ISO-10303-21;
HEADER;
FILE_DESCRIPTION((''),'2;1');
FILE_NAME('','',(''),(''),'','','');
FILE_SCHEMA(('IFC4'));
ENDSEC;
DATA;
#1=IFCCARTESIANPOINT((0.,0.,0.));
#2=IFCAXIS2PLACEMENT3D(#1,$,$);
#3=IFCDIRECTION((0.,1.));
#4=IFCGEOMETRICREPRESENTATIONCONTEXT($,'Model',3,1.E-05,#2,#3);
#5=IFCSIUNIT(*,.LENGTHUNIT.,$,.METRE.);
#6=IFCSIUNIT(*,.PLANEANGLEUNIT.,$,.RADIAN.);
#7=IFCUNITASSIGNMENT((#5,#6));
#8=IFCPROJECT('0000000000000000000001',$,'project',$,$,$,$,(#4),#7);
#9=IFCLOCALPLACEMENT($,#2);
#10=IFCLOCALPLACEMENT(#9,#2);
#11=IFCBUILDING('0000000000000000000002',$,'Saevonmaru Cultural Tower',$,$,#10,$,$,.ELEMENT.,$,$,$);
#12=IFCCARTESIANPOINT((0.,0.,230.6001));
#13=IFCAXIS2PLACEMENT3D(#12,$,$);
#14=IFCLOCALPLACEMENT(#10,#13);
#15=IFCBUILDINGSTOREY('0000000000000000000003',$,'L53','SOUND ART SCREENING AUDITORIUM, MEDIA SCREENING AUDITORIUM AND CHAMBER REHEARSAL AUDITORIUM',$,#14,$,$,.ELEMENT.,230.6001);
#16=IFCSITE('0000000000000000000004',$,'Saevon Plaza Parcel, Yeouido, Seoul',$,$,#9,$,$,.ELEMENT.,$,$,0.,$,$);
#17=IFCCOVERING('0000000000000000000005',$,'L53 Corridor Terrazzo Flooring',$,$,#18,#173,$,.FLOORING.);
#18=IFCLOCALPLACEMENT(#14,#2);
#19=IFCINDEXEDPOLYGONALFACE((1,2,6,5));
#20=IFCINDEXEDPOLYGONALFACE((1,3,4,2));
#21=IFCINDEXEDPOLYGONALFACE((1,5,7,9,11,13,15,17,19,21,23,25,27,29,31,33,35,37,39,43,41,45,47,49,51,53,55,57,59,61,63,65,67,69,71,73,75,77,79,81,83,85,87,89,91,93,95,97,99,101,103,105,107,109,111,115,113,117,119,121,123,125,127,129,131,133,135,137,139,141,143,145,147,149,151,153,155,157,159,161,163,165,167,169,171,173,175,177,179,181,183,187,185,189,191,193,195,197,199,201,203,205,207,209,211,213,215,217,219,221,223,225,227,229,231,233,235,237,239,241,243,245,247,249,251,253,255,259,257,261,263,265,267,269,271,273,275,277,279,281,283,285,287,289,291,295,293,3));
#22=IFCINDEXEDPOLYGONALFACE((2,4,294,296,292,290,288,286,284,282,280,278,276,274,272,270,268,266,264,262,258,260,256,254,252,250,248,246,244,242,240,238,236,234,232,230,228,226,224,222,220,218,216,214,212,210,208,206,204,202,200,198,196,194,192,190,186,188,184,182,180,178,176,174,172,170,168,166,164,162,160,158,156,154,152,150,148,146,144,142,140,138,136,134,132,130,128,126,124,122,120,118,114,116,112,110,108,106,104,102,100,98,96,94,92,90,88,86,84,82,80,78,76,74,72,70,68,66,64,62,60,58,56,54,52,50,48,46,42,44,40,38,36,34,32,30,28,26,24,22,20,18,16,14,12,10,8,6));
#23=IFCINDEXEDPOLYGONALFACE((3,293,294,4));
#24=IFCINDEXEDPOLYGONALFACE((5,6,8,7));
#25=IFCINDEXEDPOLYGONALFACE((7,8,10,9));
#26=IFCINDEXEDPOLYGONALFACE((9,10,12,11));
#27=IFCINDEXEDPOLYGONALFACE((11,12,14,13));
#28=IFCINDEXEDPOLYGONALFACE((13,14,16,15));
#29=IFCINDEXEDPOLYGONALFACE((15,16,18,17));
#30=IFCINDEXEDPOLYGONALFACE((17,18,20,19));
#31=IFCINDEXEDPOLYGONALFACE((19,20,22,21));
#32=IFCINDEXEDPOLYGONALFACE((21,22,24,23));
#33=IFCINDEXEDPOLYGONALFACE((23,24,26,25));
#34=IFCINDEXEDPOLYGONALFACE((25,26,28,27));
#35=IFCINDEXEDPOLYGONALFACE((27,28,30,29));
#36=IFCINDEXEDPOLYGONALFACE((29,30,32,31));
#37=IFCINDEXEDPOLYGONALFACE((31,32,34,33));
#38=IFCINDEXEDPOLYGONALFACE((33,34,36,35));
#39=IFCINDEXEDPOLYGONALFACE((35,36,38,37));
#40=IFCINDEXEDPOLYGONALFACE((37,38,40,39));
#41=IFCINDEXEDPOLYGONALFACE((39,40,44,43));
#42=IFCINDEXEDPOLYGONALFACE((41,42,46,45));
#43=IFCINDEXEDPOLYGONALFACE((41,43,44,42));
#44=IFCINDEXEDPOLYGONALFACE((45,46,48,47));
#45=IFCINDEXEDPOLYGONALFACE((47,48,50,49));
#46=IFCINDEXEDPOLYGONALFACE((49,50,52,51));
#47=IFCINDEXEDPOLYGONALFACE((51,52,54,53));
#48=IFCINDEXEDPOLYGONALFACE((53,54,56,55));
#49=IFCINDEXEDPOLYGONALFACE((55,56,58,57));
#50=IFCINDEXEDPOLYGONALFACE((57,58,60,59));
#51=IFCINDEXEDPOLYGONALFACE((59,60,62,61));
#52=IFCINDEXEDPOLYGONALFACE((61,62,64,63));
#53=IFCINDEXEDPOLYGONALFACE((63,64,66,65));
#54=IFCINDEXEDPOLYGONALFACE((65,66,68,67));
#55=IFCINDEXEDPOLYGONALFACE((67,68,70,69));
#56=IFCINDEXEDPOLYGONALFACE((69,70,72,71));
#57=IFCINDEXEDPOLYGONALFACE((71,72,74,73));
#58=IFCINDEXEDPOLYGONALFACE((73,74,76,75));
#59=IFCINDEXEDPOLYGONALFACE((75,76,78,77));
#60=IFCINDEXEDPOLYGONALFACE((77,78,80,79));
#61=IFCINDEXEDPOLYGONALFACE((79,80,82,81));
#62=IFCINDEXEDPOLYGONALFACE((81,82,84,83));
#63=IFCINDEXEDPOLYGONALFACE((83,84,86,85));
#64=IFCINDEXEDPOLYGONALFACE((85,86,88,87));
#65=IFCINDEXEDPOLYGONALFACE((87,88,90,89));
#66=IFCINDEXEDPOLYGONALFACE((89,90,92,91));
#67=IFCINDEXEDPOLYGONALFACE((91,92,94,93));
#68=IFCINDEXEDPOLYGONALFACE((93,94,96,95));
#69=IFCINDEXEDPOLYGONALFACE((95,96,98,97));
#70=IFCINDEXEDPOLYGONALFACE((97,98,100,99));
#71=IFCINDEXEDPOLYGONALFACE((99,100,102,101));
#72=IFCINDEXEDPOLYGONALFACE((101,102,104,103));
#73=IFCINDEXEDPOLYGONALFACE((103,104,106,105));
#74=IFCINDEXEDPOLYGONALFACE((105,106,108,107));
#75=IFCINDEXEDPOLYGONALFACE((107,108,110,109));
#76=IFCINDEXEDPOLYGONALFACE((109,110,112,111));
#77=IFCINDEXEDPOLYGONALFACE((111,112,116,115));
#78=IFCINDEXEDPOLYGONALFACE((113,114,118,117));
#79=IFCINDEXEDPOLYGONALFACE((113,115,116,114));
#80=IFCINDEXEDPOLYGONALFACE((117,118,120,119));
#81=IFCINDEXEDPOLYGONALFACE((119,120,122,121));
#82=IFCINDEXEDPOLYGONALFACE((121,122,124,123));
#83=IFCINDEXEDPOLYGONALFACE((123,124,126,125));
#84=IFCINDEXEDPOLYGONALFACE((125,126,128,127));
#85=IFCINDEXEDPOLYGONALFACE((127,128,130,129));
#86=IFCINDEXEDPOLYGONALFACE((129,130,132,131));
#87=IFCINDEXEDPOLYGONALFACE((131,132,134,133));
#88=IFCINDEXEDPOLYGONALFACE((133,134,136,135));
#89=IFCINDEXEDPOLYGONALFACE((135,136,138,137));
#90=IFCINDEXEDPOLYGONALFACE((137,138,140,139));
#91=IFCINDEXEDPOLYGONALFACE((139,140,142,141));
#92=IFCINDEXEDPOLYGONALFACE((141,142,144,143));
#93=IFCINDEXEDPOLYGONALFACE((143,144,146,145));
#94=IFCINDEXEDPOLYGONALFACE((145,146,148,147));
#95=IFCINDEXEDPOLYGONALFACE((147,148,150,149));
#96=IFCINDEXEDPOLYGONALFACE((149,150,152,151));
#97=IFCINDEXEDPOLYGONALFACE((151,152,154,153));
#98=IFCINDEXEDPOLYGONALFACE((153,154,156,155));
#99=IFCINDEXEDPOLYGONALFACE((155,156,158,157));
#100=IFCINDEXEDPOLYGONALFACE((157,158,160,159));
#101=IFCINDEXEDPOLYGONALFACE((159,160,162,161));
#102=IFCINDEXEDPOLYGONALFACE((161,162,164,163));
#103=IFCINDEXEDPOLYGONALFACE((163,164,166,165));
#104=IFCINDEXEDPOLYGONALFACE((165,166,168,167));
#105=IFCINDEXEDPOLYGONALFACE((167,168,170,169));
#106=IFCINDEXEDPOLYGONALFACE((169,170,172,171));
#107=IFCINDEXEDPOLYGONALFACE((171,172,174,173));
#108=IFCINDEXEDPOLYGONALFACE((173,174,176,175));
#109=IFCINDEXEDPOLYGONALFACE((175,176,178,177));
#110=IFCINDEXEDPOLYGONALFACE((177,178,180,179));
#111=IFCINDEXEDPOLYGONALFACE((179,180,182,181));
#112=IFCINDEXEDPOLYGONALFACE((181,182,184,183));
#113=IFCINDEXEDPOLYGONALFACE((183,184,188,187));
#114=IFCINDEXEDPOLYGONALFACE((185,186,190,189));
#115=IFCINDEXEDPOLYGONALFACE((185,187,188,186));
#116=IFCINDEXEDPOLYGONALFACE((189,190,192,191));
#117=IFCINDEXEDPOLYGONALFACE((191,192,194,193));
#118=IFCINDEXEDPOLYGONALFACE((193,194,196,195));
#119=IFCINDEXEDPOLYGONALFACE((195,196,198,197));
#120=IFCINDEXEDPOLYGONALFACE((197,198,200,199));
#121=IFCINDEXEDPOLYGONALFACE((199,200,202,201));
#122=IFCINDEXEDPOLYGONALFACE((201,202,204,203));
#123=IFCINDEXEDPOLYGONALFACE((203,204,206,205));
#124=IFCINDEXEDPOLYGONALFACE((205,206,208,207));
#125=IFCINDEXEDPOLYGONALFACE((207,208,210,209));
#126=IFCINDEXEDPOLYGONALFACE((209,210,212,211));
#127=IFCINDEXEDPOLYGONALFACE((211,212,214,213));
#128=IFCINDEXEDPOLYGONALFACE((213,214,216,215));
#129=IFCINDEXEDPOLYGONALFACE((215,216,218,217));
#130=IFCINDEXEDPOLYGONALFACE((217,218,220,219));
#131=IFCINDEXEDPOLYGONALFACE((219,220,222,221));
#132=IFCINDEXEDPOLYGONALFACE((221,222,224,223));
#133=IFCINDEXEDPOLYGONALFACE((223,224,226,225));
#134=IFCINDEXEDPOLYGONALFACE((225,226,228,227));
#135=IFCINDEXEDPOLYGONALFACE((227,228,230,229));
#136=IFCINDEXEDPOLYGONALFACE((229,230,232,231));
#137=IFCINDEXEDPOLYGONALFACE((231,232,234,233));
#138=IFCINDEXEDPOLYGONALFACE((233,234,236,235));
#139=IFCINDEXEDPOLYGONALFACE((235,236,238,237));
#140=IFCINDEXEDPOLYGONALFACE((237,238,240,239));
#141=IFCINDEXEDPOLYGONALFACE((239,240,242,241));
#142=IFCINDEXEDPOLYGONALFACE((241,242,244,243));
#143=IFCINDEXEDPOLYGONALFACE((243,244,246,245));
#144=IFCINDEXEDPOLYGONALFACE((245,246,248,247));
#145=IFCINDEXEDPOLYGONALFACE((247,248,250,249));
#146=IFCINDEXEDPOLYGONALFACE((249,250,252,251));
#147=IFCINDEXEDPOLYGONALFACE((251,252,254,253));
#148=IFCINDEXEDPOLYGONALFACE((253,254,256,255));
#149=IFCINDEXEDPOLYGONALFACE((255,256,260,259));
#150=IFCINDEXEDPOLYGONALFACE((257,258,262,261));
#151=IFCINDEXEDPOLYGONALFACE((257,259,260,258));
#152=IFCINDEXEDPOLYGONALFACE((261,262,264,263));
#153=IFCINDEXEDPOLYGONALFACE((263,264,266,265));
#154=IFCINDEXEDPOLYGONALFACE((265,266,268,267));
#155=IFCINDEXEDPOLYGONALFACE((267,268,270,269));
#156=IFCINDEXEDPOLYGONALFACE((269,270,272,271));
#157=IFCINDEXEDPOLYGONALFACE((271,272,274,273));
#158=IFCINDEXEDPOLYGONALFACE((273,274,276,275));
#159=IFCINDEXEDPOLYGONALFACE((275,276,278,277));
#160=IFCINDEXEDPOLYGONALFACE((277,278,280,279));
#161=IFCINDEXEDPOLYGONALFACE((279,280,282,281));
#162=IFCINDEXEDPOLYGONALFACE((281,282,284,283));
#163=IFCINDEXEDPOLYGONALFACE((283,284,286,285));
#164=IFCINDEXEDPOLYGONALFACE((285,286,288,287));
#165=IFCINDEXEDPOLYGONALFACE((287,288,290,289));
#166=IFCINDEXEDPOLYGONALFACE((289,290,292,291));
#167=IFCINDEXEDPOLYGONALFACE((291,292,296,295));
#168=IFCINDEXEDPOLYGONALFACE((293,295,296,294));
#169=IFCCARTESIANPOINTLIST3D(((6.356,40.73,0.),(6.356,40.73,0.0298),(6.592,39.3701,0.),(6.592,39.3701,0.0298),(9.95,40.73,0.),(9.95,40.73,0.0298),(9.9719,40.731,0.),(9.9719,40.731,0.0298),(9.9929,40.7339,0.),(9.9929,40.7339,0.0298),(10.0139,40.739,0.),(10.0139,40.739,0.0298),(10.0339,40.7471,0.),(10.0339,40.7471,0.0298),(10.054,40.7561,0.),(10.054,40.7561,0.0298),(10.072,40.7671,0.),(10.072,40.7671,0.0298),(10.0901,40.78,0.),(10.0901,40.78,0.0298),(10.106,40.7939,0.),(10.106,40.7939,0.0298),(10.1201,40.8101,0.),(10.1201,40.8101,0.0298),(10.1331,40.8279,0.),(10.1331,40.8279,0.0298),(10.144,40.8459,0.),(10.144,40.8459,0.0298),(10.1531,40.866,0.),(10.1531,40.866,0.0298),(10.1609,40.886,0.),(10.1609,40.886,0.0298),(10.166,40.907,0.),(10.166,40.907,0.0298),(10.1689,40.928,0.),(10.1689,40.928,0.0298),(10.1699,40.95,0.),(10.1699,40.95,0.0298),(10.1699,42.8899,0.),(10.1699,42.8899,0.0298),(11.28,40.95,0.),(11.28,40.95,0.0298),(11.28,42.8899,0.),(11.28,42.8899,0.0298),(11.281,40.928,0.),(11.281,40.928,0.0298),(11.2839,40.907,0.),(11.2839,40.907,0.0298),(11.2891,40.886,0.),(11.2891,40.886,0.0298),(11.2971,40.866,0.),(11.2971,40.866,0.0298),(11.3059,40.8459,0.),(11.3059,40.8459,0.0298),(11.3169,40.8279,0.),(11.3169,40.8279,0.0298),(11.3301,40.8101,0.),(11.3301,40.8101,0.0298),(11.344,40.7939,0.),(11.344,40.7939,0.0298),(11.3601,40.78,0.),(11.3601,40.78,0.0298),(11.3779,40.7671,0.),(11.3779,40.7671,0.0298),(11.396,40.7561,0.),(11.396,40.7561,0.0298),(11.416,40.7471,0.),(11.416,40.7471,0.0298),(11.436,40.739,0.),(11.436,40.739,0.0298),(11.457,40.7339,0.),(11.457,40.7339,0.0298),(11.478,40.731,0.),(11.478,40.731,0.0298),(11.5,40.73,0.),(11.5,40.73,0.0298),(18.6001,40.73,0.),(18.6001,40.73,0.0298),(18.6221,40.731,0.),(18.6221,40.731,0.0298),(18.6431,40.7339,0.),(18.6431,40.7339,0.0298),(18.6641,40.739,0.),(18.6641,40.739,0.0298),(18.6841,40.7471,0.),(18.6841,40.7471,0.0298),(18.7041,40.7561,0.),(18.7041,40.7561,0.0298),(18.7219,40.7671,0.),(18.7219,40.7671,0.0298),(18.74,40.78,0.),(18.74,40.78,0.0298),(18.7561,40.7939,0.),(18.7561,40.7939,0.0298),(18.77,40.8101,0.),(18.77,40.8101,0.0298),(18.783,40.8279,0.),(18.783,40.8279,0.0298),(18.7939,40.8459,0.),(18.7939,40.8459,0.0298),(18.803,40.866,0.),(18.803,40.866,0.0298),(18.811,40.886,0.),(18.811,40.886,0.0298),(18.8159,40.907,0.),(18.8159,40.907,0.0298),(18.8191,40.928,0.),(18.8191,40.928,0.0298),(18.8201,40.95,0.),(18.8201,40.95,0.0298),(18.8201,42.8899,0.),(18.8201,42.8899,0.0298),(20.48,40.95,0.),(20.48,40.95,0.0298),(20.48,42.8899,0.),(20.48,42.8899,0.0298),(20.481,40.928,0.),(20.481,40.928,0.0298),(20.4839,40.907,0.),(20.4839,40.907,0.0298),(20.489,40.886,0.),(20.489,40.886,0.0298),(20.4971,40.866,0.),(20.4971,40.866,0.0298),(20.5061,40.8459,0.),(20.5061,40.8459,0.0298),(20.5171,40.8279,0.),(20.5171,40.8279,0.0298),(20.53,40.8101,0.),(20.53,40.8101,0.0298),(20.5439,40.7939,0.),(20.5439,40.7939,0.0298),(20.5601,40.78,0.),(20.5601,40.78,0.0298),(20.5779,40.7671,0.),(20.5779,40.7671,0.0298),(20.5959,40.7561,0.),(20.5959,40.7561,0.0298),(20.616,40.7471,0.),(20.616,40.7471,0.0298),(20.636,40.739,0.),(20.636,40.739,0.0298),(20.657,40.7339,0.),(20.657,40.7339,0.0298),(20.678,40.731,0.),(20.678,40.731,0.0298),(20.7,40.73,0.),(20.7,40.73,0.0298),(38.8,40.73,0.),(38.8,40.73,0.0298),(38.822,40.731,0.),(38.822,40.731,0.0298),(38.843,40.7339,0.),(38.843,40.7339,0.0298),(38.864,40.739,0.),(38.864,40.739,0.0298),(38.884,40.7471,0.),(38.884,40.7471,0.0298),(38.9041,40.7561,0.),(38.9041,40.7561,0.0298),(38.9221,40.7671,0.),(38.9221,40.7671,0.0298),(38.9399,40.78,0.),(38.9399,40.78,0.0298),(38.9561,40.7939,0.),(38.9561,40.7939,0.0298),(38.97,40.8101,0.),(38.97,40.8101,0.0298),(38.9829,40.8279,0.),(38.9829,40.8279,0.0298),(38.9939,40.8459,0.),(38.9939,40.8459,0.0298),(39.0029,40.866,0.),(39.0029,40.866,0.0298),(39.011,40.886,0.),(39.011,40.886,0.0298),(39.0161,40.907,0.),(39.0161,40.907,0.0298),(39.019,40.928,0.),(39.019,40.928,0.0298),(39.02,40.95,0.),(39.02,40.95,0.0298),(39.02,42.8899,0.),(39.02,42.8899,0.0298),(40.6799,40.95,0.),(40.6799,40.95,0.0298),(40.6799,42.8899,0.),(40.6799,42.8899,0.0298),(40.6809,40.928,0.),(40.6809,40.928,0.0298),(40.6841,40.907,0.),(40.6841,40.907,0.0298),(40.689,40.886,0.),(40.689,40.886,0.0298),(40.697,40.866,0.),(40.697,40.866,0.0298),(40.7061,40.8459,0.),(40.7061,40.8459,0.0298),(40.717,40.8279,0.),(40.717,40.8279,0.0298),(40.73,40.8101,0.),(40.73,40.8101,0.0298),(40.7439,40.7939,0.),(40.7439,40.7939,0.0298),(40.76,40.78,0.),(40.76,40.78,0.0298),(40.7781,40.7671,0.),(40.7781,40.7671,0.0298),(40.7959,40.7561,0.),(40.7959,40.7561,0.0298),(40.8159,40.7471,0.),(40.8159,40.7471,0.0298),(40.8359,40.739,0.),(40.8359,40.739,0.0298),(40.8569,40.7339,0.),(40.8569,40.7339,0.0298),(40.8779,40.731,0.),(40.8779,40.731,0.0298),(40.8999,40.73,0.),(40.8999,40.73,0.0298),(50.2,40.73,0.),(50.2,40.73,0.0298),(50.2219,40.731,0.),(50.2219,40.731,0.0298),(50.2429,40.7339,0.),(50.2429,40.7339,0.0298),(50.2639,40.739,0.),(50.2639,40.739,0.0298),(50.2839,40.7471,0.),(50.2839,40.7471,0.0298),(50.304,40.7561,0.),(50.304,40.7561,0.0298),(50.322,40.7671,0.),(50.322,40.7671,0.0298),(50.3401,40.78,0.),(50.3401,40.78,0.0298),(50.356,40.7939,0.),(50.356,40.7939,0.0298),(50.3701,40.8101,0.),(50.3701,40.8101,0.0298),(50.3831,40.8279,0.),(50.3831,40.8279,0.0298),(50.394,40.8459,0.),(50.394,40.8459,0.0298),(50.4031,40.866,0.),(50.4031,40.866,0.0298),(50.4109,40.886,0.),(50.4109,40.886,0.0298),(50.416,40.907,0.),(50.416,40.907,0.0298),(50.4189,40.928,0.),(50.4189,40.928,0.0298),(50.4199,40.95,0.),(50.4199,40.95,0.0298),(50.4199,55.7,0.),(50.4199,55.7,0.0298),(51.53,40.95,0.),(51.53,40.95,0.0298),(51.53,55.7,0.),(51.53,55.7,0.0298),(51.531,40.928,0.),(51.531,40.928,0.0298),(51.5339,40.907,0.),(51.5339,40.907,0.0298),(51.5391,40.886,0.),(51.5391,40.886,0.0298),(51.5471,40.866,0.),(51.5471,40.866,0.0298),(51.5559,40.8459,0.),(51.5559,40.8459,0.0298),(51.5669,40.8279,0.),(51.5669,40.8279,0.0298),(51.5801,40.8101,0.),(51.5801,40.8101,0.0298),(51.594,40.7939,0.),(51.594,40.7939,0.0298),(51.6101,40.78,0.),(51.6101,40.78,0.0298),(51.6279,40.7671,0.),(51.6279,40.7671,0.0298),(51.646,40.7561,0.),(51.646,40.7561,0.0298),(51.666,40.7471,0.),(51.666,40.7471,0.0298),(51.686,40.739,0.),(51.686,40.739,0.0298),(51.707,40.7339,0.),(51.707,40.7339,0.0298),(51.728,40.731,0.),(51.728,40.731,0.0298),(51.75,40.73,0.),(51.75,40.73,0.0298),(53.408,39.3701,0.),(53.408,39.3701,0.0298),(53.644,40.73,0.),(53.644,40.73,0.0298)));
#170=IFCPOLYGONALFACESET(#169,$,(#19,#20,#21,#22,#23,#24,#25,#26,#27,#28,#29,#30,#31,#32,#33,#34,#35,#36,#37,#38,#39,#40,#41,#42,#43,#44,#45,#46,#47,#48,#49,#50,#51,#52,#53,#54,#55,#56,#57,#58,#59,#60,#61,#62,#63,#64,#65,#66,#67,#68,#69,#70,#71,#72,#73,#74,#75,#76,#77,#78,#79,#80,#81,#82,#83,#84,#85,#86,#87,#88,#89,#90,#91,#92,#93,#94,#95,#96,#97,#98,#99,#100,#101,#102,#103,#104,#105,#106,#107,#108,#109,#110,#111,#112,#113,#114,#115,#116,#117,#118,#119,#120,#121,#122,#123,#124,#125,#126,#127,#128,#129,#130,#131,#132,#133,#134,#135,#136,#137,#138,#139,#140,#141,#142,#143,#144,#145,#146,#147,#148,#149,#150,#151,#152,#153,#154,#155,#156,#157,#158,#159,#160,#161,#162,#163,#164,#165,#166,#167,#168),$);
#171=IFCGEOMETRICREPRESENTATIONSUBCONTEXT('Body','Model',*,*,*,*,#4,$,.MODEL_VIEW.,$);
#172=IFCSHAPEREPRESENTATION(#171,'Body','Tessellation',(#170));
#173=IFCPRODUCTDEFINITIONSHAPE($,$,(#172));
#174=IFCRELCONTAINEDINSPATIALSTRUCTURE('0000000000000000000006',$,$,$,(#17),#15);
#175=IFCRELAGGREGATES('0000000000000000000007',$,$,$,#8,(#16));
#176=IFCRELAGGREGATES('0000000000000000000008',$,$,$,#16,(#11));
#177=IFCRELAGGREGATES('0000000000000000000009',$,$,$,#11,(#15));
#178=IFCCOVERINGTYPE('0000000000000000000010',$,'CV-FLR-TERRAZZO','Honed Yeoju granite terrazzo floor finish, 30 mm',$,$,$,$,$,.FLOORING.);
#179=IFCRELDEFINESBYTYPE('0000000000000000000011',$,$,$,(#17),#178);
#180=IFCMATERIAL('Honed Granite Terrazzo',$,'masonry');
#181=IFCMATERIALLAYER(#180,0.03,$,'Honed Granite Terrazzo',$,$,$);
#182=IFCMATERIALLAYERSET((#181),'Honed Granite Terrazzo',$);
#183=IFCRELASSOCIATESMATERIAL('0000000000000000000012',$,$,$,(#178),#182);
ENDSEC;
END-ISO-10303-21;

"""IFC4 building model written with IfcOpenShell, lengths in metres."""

from ifc_helpers import new_model, si_unit, direction, frame, origin, place, context, subcontext, project, spatial, polyline, outline, extrude, material, layer, layer_set, type_object, element, save


model = new_model("IFC4")

# Units and contexts
model_context = context("Model", 3, precision=1e-05, world=origin(), true_north=direction((0.0, 1.0)))
body_context = subcontext(model_context, "Body", "Model", "MODEL_VIEW")
ifc_project = project(units=[si_unit("LENGTHUNIT", "METRE"), si_unit("PLANEANGLEUNIT", "RADIAN")], contexts=[model_context])

# Site, building, storey
site_placement = place(None, origin())
site = spatial("IfcSite", under=ifc_project, at=site_placement, Name="Saevon Plaza Parcel, Yeouido, Seoul", CompositionType="ELEMENT", RefElevation=0.0)
building_placement = place(site_placement, origin())
building = spatial("IfcBuilding", under=site, at=building_placement, Name="Saevonmaru Cultural Tower", CompositionType="ELEMENT")
storey_placement = place(building_placement, frame((0.0, 0.0, 230.6001)))
storey = spatial("IfcBuildingStorey", under=building, at=storey_placement, Name="L53", Description="SOUND ART SCREENING AUDITORIUM, MEDIA SCREENING AUDITORIUM AND CHAMBER REHEARSAL AUDITORIUM", CompositionType="ELEMENT", Elevation=230.6001)

# Covering
ifc_material_1 = material(Name="Honed Granite Terrazzo", Category="masonry")
ifc_layer_1 = layer(ifc_material_1, 0.03, Name="Honed Granite Terrazzo")
ifc_layer_set_1 = layer_set([ifc_layer_1], Name="Honed Granite Terrazzo")
covering_type_1 = type_object("IfcCoveringType", Name="CV-FLR-TERRAZZO", Description="Honed Yeoju granite terrazzo floor finish, 30 mm", PredefinedType="FLOORING", material=ifc_layer_set_1)
covering_1_placement = place(storey_placement, origin())
element("IfcCovering", 1, at=covering_1_placement, inside=storey, type_object=covering_type_1, Name="L53 Corridor Terrazzo Flooring", PredefinedType="FLOORING", context=body_context, shape_type="SweptSolid", body=[
    extrude(outline(polyline([(6.592, 39.3701), (6.356, 40.73), (9.95, 40.73), (9.9719, 40.731), (9.9929, 40.7339), (10.0139, 40.739), (10.0339, 40.7471), (10.054, 40.7561), (10.072, 40.7671), (10.0901, 40.78), (10.106, 40.7939), (10.1201, 40.8101), (10.1331, 40.8279), (10.144, 40.8459), (10.1531, 40.866), (10.1609, 40.886), (10.166, 40.907), (10.1689, 40.928), (10.1699, 40.95), (10.1699, 42.8899), (11.28, 42.8899), (11.28, 40.95), (11.281, 40.928), (11.2839, 40.907), (11.2891, 40.886), (11.2971, 40.866), (11.3059, 40.8459), (11.3169, 40.8279), (11.3301, 40.8101), (11.344, 40.7939), (11.3601, 40.78), (11.3779, 40.7671), (11.396, 40.7561), (11.416, 40.7471), (11.436, 40.739), (11.457, 40.7339), (11.478, 40.731), (11.5, 40.73), (18.6001, 40.73), (18.6221, 40.731), (18.6431, 40.7339), (18.6641, 40.739), (18.6841, 40.7471), (18.7041, 40.7561), (18.7219, 40.7671), (18.74, 40.78), (18.7561, 40.7939), (18.77, 40.8101), (18.783, 40.8279), (18.7939, 40.8459), (18.803, 40.866), (18.811, 40.886), (18.8159, 40.907), (18.8191, 40.928), (18.8201, 40.95), (18.8201, 42.8899), (20.48, 42.8899), (20.48, 40.95), (20.481, 40.928), (20.4839, 40.907), (20.489, 40.886), (20.4971, 40.866), (20.5061, 40.8459), (20.5171, 40.8279), (20.53, 40.8101), (20.5439, 40.7939), (20.5601, 40.78), (20.5779, 40.7671), (20.5959, 40.7561), (20.616, 40.7471), (20.636, 40.739), (20.657, 40.7339), (20.678, 40.731), (20.7, 40.73), (38.8, 40.73), (38.822, 40.731), (38.843, 40.7339), (38.864, 40.739), (38.884, 40.7471), (38.9041, 40.7561), (38.9221, 40.7671), (38.9399, 40.78), (38.9561, 40.7939), (38.97, 40.8101), (38.9829, 40.8279), (38.9939, 40.8459), (39.0029, 40.866), (39.011, 40.886), (39.0161, 40.907), (39.019, 40.928), (39.02, 40.95), (39.02, 42.8899), (40.6799, 42.8899), (40.6799, 40.95), (40.6809, 40.928), (40.6841, 40.907), (40.689, 40.886), (40.697, 40.866), (40.7061, 40.8459), (40.717, 40.8279), (40.73, 40.8101), (40.7439, 40.7939), (40.76, 40.78), (40.7781, 40.7671), (40.7959, 40.7561), (40.8159, 40.7471), (40.8359, 40.739), (40.8569, 40.7339), (40.8779, 40.731), (40.8999, 40.73), (50.2, 40.73), (50.2219, 40.731), (50.2429, 40.7339), (50.2639, 40.739), (50.2839, 40.7471), (50.304, 40.7561), (50.322, 40.7671), (50.3401, 40.78), (50.356, 40.7939), (50.3701, 40.8101), (50.3831, 40.8279), (50.394, 40.8459), (50.4031, 40.866), (50.4109, 40.886), (50.416, 40.907), (50.4189, 40.928), (50.4199, 40.95), (50.4199, 55.7), (51.53, 55.7), (51.53, 40.95), (51.531, 40.928), (51.5339, 40.907), (51.5391, 40.886), (51.5471, 40.866), (51.5559, 40.8459), (51.5669, 40.8279), (51.5801, 40.8101), (51.594, 40.7939), (51.6101, 40.78), (51.6279, 40.7671), (51.646, 40.7561), (51.666, 40.7471), (51.686, 40.739), (51.707, 40.7339), (51.728, 40.731), (51.75, 40.73), (53.644, 40.73), (53.408, 39.3701), (6.592, 39.3701)])), origin(), (0.0, 0.0, 1.0), 0.0298),
])

save(model, "model.ifc")
